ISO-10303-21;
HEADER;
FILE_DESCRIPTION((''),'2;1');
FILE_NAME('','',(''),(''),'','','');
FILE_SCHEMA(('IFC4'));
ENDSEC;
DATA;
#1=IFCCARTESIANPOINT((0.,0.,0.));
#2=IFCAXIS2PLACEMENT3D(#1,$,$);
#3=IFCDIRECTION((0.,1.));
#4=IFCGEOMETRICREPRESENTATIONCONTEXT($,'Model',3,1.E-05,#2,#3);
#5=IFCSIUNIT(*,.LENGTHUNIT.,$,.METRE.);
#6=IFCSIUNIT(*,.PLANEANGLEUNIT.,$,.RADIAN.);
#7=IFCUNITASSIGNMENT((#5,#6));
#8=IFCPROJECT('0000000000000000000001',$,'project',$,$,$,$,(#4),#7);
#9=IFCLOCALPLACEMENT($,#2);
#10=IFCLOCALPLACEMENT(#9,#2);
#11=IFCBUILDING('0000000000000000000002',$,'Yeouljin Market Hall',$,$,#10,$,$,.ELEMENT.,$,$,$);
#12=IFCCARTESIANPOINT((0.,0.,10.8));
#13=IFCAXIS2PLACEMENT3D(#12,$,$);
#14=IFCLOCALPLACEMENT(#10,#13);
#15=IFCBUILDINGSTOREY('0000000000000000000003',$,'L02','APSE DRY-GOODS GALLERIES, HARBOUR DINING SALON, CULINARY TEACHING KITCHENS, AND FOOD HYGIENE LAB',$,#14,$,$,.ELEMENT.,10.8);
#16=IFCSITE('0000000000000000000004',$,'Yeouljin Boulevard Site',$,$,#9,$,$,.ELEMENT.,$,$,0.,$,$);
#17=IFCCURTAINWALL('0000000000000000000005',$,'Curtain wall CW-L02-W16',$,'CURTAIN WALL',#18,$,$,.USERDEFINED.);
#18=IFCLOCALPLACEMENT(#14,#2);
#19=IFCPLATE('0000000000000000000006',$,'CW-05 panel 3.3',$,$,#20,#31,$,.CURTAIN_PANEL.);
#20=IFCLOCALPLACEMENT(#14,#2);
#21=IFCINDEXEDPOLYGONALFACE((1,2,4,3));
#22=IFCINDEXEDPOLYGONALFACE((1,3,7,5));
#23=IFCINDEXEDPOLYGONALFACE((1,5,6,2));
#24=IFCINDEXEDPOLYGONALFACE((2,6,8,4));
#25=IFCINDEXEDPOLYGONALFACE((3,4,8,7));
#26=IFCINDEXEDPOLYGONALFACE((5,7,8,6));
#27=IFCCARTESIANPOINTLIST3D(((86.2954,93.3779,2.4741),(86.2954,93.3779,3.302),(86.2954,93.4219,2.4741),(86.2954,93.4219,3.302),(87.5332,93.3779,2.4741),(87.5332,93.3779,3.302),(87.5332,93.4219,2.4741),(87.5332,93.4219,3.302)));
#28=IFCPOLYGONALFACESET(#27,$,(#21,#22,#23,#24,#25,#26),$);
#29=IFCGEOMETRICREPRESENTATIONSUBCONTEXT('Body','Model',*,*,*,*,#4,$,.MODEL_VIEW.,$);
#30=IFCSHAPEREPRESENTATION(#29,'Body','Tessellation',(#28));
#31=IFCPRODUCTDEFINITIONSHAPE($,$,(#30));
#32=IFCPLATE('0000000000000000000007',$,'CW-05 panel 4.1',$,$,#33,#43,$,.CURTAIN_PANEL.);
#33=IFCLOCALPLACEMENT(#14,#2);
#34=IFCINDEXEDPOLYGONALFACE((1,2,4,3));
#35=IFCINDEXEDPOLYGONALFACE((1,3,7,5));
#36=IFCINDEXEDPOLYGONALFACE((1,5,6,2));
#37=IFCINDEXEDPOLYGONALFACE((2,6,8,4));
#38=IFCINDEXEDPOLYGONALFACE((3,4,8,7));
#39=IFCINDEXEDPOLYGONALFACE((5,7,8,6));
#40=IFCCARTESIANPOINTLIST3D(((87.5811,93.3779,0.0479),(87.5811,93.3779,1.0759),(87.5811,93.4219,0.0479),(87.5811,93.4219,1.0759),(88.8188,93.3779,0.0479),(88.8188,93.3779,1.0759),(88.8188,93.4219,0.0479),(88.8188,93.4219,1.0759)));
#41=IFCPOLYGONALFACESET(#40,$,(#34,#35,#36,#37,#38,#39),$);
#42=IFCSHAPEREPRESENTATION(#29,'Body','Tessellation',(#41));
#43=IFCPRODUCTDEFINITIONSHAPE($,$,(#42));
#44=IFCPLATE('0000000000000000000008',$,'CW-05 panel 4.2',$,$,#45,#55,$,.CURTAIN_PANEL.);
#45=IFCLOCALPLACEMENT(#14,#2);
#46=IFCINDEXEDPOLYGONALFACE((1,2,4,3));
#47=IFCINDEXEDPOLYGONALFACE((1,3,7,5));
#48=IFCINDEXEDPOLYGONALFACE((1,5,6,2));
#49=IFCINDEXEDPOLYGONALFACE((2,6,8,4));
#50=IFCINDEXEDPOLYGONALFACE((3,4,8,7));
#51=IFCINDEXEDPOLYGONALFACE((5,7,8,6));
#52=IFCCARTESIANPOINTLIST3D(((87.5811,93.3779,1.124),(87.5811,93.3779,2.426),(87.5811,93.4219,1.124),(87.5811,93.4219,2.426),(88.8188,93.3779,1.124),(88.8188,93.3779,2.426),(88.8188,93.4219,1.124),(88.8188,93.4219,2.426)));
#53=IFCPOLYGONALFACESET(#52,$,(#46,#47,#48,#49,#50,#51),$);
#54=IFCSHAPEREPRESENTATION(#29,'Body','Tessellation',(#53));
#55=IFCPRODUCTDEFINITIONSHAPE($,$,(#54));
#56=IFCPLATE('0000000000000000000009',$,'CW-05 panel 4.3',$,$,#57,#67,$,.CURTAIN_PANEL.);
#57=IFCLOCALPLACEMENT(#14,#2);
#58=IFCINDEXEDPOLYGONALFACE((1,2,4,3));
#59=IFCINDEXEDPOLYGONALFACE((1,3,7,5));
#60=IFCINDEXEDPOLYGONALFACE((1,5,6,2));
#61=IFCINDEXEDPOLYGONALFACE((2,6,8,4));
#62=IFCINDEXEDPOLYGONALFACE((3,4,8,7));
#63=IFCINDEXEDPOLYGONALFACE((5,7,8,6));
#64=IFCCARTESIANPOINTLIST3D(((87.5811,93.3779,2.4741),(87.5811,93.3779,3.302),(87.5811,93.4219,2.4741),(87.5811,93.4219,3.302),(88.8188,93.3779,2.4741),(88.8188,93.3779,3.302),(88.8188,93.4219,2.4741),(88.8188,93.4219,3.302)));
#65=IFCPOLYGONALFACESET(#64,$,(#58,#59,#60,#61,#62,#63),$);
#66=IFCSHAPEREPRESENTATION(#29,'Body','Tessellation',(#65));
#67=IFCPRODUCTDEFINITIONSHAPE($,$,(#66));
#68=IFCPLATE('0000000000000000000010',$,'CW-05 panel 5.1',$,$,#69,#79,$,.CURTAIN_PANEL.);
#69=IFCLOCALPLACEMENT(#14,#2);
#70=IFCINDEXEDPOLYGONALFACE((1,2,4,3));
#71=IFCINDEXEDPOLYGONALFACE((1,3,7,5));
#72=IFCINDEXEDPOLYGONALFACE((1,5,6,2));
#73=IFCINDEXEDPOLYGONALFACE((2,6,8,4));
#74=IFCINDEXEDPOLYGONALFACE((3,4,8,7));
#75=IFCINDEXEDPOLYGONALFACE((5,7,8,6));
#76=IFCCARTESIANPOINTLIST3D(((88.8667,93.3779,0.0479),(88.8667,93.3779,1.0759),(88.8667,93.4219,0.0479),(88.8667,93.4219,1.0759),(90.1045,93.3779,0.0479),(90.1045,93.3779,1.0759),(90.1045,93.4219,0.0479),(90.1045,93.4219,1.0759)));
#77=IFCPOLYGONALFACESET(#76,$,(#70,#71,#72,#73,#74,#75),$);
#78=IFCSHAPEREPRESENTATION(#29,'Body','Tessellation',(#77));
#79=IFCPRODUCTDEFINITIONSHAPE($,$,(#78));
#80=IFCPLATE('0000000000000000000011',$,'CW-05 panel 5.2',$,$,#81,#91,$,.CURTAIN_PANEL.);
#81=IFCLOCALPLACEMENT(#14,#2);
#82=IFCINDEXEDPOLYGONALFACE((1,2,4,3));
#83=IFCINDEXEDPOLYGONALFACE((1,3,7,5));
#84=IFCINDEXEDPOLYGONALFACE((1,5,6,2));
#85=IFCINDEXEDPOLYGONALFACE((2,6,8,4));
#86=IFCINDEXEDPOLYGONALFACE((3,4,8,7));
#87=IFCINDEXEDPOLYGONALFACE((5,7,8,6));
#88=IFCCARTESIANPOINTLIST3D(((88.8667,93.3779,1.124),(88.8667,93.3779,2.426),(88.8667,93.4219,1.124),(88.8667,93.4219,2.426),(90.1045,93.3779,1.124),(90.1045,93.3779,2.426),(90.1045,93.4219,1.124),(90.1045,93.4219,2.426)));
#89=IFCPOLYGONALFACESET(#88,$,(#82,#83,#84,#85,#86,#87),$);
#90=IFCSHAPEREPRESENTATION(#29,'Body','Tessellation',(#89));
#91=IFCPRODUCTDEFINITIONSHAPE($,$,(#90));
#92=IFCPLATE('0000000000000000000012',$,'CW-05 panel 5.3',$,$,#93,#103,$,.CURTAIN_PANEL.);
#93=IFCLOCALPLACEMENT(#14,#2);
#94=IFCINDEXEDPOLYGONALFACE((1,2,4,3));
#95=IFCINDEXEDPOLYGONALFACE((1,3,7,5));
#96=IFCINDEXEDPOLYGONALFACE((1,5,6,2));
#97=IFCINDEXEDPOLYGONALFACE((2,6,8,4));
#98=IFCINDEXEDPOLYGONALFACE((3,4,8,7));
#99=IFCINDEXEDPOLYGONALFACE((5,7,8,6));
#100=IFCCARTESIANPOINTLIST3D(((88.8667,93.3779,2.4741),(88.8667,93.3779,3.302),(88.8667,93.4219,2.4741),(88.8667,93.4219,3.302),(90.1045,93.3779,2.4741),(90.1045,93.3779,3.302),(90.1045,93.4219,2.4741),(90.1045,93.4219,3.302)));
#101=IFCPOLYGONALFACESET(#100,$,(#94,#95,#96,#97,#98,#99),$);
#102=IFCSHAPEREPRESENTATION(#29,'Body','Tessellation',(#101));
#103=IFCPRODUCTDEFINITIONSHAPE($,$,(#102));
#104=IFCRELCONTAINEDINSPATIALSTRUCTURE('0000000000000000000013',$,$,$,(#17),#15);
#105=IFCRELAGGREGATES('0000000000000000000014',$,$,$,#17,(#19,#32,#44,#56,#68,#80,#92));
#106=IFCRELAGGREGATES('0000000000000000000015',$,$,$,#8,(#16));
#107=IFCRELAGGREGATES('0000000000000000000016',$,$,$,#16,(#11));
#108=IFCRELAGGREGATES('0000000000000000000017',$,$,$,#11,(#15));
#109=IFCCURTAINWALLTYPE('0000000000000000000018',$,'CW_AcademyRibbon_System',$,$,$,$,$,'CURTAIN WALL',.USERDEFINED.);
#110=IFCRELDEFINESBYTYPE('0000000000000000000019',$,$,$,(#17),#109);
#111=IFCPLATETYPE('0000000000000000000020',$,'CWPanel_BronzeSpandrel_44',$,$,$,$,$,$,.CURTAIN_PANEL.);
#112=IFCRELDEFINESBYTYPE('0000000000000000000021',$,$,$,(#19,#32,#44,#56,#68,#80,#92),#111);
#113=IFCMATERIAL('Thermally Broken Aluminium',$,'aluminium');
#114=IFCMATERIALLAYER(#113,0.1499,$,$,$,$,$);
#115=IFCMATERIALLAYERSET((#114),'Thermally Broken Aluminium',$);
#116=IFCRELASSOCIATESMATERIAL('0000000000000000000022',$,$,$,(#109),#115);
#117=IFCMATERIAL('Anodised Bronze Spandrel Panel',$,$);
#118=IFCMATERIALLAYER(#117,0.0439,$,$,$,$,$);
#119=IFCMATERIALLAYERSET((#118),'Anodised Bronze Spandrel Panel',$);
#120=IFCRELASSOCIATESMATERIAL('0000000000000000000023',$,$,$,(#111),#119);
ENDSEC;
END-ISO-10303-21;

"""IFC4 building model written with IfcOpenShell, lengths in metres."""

from ifc_helpers import new_model, si_unit, direction, frame, origin, origin_2d, place, context, subcontext, project, spatial, rectangle, extrude, material, layer, layer_set, type_object, element, aggregate, save


model = new_model("IFC4")

# Units and contexts
model_context = context("Model", 3, precision=1e-05, world=origin(), true_north=direction((0.0, 1.0)))
body_context = subcontext(model_context, "Body", "Model", "MODEL_VIEW")
ifc_project = project(units=[si_unit("LENGTHUNIT", "METRE"), si_unit("PLANEANGLEUNIT", "RADIAN")], contexts=[model_context])

# Site, building, storey
site_placement = place(None, origin())
site = spatial("IfcSite", under=ifc_project, at=site_placement, Name="Yeouljin Boulevard Site", CompositionType="ELEMENT", RefElevation=0.0)
building_placement = place(site_placement, origin())
building = spatial("IfcBuilding", under=site, at=building_placement, Name="Yeouljin Market Hall", CompositionType="ELEMENT")
storey_placement = place(building_placement, frame((0.0, 0.0, 10.8)))
storey = spatial("IfcBuildingStorey", under=building, at=storey_placement, Name="L02", Description="APSE DRY-GOODS GALLERIES, HARBOUR DINING SALON, CULINARY TEACHING KITCHENS, AND FOOD HYGIENE LAB", CompositionType="ELEMENT", Elevation=10.8)

# Curtain wall, plates
ifc_material_1 = material(Name="Thermally Broken Aluminium", Category="aluminium")
ifc_layer_1 = layer(ifc_material_1, 0.1499)
ifc_layer_set_1 = layer_set([ifc_layer_1], Name="Thermally Broken Aluminium")
curtain_wall_type = type_object("IfcCurtainWallType", Name="CW_AcademyRibbon_System", ElementType="CURTAIN WALL", PredefinedType="USERDEFINED", material=ifc_layer_set_1)
curtain_wall_placement = place(storey_placement, origin())
curtain_wall = element("IfcCurtainWall", 1, at=curtain_wall_placement, inside=storey, type_object=curtain_wall_type, Name="Curtain wall CW-L02-W16", ObjectType="CURTAIN WALL", PredefinedType="USERDEFINED")
ifc_material_2 = material(Name="Anodised Bronze Spandrel Panel")
ifc_layer_2 = layer(ifc_material_2, 0.0439)
ifc_layer_set_2 = layer_set([ifc_layer_2], Name="Anodised Bronze Spandrel Panel")
plate_type = type_object("IfcPlateType", Name="CWPanel_BronzeSpandrel_44", PredefinedType="CURTAIN_PANEL", material=ifc_layer_set_2)
plate_1_placement = place(storey_placement, frame((86.9143, 93.3999, 2.4741), z_axis=(0.0, 0.0, 1.0), x_axis=(1.0, 0.0, 0.0)))
plate_1 = element("IfcPlate", 2, at=plate_1_placement, type_object=plate_type, Name="CW-05 panel 3.3", PredefinedType="CURTAIN_PANEL", context=body_context, shape_type="SweptSolid", body=[
    extrude(rectangle(XDim=1.2378, YDim=0.0439, at=origin_2d()), origin(), (0.0, 0.0, 1.0), 0.8279),
])
plate_2_placement = place(storey_placement, frame((88.2, 93.3999, 0.0479), z_axis=(0.0, 0.0, 1.0), x_axis=(1.0, 0.0, 0.0)))
plate_2 = element("IfcPlate", 3, at=plate_2_placement, type_object=plate_type, Name="CW-05 panel 4.1", PredefinedType="CURTAIN_PANEL", context=body_context, shape_type="SweptSolid", body=[
    extrude(rectangle(XDim=1.2378, YDim=0.0439, at=origin_2d()), origin(), (0.0, 0.0, 1.0), 1.0281),
])
plate_3_placement = place(storey_placement, frame((88.2, 93.3999, 1.124), z_axis=(0.0, 0.0, 1.0), x_axis=(1.0, 0.0, 0.0)))
plate_3 = element("IfcPlate", 4, at=plate_3_placement, type_object=plate_type, Name="CW-05 panel 4.2", PredefinedType="CURTAIN_PANEL", context=body_context, shape_type="SweptSolid", body=[
    extrude(rectangle(XDim=1.2378, YDim=0.0439, at=origin_2d()), origin(), (0.0, 0.0, 1.0), 1.302),
])
plate_4_placement = place(storey_placement, frame((88.2, 93.3999, 2.4741), z_axis=(0.0, 0.0, 1.0), x_axis=(1.0, 0.0, 0.0)))
plate_4 = element("IfcPlate", 5, at=plate_4_placement, type_object=plate_type, Name="CW-05 panel 4.3", PredefinedType="CURTAIN_PANEL", context=body_context, shape_type="SweptSolid", body=[
    extrude(rectangle(XDim=1.2378, YDim=0.0439, at=origin_2d()), origin(), (0.0, 0.0, 1.0), 0.8279),
])
plate_5_placement = place(storey_placement, frame((89.4856, 93.3999, 0.0479), z_axis=(0.0, 0.0, 1.0), x_axis=(1.0, 0.0, 0.0)))
plate_5 = element("IfcPlate", 6, at=plate_5_placement, type_object=plate_type, Name="CW-05 panel 5.1", PredefinedType="CURTAIN_PANEL", context=body_context, shape_type="SweptSolid", body=[
    extrude(rectangle(XDim=1.2378, YDim=0.0439, at=origin_2d()), origin(), (0.0, 0.0, 1.0), 1.0281),
])
plate_6_placement = place(storey_placement, frame((89.4856, 93.3999, 1.124), z_axis=(0.0, 0.0, 1.0), x_axis=(1.0, 0.0, 0.0)))
plate_6 = element("IfcPlate", 7, at=plate_6_placement, type_object=plate_type, Name="CW-05 panel 5.2", PredefinedType="CURTAIN_PANEL", context=body_context, shape_type="SweptSolid", body=[
    extrude(rectangle(XDim=1.2378, YDim=0.0439, at=origin_2d()), origin(), (0.0, 0.0, 1.0), 1.302),
])
plate_7_placement = place(storey_placement, frame((89.4856, 93.3999, 2.4741), z_axis=(0.0, 0.0, 1.0), x_axis=(1.0, 0.0, 0.0)))
plate_7 = element("IfcPlate", 8, at=plate_7_placement, type_object=plate_type, Name="CW-05 panel 5.3", PredefinedType="CURTAIN_PANEL", context=body_context, shape_type="SweptSolid", body=[
    extrude(rectangle(XDim=1.2378, YDim=0.0439, at=origin_2d()), origin(), (0.0, 0.0, 1.0), 0.8279),
])
aggregate(curtain_wall, [plate_1, plate_2, plate_3, plate_4, plate_5, plate_6, plate_7])

save(model, "model.ifc")
